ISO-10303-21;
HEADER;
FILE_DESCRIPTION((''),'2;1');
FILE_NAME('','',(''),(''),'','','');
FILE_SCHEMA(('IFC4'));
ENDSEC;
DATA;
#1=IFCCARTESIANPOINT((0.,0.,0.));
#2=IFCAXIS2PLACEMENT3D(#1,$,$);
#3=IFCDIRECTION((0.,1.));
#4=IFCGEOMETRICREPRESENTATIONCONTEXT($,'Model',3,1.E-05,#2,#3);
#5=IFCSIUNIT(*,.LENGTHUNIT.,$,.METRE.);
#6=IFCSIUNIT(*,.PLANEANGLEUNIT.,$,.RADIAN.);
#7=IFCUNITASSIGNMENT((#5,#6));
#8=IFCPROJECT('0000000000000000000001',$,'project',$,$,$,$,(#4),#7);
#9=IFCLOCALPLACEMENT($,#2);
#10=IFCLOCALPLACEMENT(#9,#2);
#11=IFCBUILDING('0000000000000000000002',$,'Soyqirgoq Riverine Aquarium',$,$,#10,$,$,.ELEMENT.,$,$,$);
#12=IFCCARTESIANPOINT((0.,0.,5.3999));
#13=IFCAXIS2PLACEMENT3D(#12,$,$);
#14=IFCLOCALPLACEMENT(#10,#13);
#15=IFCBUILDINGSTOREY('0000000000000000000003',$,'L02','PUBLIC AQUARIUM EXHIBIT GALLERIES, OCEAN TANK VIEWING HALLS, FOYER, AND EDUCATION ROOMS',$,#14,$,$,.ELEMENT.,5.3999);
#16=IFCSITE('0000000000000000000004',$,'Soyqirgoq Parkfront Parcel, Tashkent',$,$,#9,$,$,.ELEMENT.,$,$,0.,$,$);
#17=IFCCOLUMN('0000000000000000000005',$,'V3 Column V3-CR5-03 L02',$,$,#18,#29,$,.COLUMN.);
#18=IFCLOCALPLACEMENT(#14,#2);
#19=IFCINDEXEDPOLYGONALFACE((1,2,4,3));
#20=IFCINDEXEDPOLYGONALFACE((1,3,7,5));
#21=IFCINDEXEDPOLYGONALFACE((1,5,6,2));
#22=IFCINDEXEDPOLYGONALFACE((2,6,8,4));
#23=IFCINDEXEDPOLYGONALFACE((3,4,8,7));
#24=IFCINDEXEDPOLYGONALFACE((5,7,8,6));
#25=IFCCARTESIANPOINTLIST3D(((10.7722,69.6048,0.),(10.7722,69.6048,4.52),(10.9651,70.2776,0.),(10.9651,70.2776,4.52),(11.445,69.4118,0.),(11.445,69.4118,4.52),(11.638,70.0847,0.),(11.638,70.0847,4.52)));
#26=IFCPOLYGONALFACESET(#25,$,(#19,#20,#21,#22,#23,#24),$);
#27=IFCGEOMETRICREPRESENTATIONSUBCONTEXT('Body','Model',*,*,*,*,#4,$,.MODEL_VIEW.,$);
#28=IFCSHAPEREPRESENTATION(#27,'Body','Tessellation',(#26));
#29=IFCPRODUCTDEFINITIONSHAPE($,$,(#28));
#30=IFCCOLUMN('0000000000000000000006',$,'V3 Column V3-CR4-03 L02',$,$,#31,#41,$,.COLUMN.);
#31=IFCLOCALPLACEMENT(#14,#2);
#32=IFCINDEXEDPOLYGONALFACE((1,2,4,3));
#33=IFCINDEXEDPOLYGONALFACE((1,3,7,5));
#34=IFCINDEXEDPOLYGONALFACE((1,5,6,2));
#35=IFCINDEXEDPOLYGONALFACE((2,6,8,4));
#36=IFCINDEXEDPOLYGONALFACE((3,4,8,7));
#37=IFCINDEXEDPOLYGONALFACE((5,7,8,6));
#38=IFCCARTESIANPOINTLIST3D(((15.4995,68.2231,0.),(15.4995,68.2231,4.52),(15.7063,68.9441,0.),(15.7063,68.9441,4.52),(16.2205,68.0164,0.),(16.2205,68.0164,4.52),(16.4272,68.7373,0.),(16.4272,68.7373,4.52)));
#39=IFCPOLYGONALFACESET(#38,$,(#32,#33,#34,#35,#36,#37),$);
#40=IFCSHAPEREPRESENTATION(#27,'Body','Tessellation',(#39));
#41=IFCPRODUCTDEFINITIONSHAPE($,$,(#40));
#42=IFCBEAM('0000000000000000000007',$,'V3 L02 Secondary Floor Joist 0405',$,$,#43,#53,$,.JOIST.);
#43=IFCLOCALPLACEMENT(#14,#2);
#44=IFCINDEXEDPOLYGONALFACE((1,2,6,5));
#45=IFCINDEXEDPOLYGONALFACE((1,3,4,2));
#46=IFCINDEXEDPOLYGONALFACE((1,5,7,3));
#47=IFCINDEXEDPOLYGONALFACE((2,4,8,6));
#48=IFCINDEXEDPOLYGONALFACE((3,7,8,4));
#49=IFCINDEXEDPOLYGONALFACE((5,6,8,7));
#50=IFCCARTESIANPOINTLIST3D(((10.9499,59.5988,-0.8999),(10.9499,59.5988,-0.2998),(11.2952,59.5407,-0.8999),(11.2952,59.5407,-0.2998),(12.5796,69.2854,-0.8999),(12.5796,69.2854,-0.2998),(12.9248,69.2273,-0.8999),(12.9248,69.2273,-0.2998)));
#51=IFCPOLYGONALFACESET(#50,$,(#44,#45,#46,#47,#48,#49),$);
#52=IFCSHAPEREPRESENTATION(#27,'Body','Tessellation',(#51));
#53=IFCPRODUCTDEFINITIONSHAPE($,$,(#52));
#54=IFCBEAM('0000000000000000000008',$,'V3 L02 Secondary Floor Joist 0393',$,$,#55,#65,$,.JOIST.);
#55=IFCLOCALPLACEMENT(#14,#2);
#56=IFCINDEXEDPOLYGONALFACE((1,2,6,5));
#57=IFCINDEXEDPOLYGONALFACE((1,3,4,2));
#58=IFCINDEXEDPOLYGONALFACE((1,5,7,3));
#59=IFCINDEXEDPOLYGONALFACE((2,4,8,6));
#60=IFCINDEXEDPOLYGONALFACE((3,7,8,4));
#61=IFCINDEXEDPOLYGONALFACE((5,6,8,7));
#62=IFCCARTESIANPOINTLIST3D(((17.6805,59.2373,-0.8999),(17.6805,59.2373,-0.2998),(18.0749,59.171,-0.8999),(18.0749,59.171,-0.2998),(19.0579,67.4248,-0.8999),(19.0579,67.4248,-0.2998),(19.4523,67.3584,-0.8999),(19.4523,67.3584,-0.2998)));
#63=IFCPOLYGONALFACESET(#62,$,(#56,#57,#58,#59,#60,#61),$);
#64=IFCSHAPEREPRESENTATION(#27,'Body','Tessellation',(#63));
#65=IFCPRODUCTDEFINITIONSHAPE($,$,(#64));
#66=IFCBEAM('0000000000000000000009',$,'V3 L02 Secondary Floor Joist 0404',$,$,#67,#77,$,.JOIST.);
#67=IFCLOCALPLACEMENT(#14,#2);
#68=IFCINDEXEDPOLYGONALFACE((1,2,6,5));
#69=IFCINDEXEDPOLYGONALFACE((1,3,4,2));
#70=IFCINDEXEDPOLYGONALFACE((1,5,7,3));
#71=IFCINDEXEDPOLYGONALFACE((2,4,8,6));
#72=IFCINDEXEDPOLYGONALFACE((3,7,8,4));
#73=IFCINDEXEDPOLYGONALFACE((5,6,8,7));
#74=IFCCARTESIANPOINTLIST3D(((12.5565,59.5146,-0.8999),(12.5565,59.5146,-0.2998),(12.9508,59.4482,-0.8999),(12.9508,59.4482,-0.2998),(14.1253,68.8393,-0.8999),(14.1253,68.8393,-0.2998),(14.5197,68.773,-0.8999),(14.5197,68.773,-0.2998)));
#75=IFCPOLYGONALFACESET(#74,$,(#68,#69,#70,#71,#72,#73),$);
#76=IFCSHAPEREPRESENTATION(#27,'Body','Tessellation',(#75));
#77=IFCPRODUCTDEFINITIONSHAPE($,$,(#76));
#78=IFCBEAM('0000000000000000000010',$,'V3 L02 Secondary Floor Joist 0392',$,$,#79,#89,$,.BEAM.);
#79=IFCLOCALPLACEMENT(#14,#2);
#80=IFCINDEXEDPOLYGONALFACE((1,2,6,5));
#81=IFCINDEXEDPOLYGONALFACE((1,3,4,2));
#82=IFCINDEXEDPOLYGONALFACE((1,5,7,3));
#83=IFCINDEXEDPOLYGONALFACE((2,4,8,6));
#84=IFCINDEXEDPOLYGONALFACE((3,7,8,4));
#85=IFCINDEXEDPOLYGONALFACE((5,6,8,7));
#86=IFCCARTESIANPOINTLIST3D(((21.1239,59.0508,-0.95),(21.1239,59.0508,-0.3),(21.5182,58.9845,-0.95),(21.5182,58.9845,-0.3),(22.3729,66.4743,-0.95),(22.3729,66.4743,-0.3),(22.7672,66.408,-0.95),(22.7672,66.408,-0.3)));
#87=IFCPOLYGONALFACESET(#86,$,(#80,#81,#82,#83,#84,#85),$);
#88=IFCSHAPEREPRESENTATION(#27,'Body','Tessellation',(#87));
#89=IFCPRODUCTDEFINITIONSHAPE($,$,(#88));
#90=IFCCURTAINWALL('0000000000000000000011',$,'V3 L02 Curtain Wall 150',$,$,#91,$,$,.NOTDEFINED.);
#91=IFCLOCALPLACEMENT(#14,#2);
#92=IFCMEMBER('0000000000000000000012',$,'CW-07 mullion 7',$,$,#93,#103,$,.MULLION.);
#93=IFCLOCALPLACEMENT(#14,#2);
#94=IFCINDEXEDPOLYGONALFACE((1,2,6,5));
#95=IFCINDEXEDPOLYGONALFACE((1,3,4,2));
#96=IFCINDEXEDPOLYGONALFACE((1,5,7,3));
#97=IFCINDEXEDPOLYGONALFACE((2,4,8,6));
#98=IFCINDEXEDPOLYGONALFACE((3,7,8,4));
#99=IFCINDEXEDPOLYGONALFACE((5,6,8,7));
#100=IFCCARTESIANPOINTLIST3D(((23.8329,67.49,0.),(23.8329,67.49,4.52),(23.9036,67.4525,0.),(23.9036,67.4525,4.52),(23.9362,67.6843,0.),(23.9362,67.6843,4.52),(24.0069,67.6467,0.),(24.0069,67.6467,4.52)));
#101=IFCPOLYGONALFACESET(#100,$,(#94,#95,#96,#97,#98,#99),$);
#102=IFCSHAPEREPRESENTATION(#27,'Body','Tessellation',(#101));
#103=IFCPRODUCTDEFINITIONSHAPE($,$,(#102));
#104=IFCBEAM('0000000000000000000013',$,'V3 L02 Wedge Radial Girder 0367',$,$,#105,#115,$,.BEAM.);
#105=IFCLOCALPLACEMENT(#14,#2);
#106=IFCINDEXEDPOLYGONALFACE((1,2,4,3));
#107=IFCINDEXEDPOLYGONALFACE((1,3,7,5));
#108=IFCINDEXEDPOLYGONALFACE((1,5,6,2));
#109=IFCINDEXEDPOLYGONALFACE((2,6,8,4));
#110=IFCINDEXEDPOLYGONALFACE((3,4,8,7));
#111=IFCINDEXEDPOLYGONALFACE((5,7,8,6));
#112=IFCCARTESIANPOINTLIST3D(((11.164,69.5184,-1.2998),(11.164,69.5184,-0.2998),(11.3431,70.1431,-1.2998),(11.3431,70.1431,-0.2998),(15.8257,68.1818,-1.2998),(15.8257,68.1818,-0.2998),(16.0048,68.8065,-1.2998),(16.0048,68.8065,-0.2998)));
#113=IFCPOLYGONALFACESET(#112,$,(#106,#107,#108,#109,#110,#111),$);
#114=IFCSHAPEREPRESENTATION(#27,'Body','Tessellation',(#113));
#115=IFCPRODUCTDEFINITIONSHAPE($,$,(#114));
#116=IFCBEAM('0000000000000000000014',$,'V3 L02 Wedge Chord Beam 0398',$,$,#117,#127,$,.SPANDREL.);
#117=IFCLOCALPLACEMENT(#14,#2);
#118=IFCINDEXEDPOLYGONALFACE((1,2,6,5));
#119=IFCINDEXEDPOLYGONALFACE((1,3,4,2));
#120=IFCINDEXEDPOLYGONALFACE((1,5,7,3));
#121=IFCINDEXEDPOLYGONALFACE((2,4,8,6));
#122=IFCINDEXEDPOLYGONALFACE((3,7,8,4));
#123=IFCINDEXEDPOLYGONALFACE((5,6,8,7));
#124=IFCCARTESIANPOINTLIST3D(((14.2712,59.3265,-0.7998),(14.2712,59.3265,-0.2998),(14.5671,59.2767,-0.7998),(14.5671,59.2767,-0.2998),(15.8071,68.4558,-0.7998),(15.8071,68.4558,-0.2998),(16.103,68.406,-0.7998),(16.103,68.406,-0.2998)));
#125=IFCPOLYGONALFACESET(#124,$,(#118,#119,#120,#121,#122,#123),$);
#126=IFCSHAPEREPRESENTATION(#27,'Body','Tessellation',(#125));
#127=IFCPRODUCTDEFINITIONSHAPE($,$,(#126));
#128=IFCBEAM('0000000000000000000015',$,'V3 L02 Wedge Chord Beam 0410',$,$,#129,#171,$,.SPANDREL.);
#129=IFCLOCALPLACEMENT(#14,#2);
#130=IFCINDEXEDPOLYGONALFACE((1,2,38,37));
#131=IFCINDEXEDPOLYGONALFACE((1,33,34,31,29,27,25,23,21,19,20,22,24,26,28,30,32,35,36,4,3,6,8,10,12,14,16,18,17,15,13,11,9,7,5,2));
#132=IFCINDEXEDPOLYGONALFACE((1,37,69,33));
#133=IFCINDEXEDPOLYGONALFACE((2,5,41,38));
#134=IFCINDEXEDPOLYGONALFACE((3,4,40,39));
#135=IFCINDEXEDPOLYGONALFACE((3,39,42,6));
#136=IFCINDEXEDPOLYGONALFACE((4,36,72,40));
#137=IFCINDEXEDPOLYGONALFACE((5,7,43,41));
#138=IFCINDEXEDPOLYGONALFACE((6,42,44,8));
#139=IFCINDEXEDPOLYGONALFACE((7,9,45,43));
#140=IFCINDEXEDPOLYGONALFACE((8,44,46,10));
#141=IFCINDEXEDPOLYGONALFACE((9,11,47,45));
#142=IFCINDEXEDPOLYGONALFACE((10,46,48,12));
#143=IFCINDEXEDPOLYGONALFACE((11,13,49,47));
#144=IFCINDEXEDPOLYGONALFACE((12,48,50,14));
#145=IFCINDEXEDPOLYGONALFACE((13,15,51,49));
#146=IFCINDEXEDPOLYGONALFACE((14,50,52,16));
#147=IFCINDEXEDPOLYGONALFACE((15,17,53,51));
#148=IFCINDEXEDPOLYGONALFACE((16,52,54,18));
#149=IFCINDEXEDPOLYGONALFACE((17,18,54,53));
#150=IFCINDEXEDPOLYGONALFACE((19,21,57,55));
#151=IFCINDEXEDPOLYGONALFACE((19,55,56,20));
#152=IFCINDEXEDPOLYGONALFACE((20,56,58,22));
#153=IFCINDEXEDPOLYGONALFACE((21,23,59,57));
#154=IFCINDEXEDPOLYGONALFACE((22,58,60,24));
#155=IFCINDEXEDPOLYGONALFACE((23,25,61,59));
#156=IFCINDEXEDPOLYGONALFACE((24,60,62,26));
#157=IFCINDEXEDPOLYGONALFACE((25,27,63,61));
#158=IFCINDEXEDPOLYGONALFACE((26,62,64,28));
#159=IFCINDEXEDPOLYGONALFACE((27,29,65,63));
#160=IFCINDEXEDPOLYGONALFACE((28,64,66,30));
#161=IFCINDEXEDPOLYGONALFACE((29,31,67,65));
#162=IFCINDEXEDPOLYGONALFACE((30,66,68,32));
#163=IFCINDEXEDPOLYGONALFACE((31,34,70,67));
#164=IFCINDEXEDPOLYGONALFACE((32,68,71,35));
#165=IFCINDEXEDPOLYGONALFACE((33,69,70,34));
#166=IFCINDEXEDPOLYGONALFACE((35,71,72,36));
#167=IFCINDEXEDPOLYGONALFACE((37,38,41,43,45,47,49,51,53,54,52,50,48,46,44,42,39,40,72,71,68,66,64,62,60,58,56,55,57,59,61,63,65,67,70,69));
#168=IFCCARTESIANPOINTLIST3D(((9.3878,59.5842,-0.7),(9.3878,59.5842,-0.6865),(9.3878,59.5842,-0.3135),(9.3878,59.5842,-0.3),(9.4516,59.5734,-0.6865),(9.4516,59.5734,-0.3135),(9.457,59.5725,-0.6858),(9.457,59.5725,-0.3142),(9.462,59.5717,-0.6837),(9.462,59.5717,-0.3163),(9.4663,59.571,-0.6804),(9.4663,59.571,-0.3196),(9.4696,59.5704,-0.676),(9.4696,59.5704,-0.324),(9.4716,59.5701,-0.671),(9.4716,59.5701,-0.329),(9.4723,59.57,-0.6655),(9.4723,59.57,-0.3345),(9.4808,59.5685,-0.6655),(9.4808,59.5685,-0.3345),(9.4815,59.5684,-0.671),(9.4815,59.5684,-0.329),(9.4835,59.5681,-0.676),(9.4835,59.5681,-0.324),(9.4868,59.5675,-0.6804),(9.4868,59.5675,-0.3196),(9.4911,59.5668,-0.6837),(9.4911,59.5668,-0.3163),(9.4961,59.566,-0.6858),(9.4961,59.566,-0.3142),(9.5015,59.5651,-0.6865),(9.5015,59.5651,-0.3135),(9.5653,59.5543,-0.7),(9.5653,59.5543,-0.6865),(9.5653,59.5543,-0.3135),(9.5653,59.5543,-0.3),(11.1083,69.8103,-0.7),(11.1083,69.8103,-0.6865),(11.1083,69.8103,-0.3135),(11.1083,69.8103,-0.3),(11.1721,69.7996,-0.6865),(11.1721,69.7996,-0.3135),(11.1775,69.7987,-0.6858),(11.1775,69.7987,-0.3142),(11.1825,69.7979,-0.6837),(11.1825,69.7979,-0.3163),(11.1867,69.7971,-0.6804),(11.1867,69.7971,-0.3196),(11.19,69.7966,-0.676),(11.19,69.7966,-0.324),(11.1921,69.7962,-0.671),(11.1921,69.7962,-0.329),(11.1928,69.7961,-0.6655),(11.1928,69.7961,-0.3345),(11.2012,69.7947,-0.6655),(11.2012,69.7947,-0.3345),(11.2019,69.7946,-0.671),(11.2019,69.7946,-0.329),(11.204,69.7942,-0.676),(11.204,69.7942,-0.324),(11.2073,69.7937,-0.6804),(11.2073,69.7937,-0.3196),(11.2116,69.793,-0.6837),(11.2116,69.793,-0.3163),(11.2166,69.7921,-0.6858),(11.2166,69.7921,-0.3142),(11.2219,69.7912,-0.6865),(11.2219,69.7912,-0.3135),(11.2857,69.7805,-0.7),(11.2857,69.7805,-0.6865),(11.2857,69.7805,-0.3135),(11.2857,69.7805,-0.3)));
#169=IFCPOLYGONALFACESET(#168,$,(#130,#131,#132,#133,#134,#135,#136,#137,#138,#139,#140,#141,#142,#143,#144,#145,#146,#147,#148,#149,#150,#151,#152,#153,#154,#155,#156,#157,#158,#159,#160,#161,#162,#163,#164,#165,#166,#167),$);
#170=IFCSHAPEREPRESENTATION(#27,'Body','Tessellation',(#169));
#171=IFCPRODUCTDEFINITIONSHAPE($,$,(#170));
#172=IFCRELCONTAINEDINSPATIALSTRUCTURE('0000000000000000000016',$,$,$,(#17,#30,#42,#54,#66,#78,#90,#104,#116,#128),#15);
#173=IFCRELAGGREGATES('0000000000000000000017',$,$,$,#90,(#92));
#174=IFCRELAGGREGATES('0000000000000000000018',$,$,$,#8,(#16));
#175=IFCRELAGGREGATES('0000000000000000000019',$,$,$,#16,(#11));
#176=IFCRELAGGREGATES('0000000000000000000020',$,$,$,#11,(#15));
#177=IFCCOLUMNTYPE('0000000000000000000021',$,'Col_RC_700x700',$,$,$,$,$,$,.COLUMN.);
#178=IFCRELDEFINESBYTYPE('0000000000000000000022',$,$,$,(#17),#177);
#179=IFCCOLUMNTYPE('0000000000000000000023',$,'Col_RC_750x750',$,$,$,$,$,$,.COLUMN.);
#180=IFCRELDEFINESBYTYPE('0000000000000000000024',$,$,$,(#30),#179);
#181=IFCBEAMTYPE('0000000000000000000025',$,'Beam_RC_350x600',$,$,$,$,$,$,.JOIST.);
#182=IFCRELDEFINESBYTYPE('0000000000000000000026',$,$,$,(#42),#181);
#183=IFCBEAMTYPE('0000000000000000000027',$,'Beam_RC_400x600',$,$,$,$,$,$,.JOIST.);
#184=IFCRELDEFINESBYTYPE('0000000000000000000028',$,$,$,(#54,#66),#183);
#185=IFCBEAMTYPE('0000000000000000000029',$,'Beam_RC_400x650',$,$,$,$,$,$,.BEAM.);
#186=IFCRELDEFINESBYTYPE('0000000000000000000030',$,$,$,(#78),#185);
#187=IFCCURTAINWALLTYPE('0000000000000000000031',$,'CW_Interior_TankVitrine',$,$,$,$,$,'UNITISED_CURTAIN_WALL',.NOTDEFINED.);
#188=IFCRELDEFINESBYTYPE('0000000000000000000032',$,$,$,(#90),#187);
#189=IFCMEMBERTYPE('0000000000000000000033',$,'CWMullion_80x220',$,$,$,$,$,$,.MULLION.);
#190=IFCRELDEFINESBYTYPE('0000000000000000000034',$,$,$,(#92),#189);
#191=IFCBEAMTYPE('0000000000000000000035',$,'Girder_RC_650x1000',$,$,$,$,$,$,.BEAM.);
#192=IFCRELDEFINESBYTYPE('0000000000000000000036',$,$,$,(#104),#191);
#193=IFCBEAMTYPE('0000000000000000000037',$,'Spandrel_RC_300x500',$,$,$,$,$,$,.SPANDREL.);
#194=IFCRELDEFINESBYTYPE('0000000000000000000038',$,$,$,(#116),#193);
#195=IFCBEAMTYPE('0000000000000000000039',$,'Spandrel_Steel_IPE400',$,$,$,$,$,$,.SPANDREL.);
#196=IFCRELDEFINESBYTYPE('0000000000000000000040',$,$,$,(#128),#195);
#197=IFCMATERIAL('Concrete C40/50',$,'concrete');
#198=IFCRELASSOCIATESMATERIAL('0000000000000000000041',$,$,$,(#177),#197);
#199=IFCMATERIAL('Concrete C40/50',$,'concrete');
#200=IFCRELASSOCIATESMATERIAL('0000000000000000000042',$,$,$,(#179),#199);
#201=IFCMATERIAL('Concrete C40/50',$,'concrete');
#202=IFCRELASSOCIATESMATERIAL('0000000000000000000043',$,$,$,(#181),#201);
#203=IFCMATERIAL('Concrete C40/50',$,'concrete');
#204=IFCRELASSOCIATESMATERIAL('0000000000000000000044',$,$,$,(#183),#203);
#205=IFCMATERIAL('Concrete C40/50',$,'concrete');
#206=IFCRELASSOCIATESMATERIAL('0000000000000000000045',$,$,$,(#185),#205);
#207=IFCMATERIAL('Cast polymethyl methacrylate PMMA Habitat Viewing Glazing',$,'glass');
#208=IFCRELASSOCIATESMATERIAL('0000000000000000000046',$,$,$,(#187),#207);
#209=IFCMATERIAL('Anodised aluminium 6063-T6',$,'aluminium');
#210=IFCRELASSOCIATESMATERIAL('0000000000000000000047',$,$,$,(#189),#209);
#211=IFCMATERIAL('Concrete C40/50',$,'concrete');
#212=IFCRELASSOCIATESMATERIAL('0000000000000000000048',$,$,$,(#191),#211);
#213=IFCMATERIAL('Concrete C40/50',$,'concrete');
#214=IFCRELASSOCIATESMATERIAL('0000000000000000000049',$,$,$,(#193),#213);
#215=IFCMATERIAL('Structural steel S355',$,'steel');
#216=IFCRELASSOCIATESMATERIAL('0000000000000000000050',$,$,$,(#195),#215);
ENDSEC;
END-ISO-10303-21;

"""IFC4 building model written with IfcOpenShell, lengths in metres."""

from ifc_helpers import new_model, si_unit, direction, frame, origin, origin_2d, place, context, subcontext, project, spatial, rectangle, i_section, extrude, material, material_profile, profile_set, type_object, element, aggregate, save


model = new_model("IFC4")

# Units and contexts
model_context = context("Model", 3, precision=1e-05, world=origin(), true_north=direction((0.0, 1.0)))
body_context = subcontext(model_context, "Body", "Model", "MODEL_VIEW")
ifc_project = project(units=[si_unit("LENGTHUNIT", "METRE"), si_unit("PLANEANGLEUNIT", "RADIAN")], contexts=[model_context])

# Site, building, storey
site_placement = place(None, origin())
site = spatial("IfcSite", under=ifc_project, at=site_placement, Name="Soyqirgoq Parkfront Parcel, Tashkent", CompositionType="ELEMENT", RefElevation=0.0)
building_placement = place(site_placement, origin())
building = spatial("IfcBuilding", under=site, at=building_placement, Name="Soyqirgoq Riverine Aquarium", CompositionType="ELEMENT")
storey_placement = place(building_placement, frame((0.0, 0.0, 5.3999)))
storey = spatial("IfcBuildingStorey", under=building, at=storey_placement, Name="L02", Description="PUBLIC AQUARIUM EXHIBIT GALLERIES, OCEAN TANK VIEWING HALLS, FOYER, AND EDUCATION ROOMS", CompositionType="ELEMENT", Elevation=5.3999)

# Columns
ifc_material_1 = material(Name="Concrete C40/50", Category="concrete")
ifc_material_profile_1 = material_profile(ifc_material_1, rectangle(XDim=0.7, YDim=0.7, at=origin_2d()), Name="RC 700x700")
ifc_profile_set_1 = profile_set([ifc_material_profile_1], Name="Concrete C40/50")
column_type_1 = type_object("IfcColumnType", Name="Col_RC_700x700", PredefinedType="COLUMN", material=ifc_profile_set_1)
column_1_placement = place(storey_placement, frame((11.2051, 69.8447, 0.0), z_axis=(0.0, 0.0, 1.0), x_axis=(-0.961262, 0.275637, 0.0)))
element("IfcColumn", 1, at=column_1_placement, inside=storey, type_object=column_type_1, Name="V3 Column V3-CR5-03 L02", PredefinedType="COLUMN", context=body_context, shape_type="SweptSolid", body=[
    extrude(rectangle(XDim=0.7, YDim=0.7, at=origin_2d()), origin(), (0.0, 0.0, 1.0), 4.52),
])
ifc_material_2 = material(Name="Concrete C40/50", Category="concrete")
ifc_material_profile_2 = material_profile(ifc_material_2, rectangle(XDim=0.75, YDim=0.75, at=origin_2d()), Name="RC 750x750")
ifc_profile_set_2 = profile_set([ifc_material_profile_2], Name="Concrete C40/50")
column_type_2 = type_object("IfcColumnType", Name="Col_RC_750x750", PredefinedType="COLUMN", material=ifc_profile_set_2)
column_2_placement = place(storey_placement, frame((15.9634, 68.4802, 0.0), z_axis=(0.0, 0.0, 1.0), x_axis=(-0.961262, 0.275637, 0.0)))
element("IfcColumn", 2, at=column_2_placement, inside=storey, type_object=column_type_2, Name="V3 Column V3-CR4-03 L02", PredefinedType="COLUMN", context=body_context, shape_type="SweptSolid", body=[
    extrude(rectangle(XDim=0.75, YDim=0.75, at=origin_2d()), origin(), (0.0, 0.0, 1.0), 4.52),
])

# Beams
ifc_material_3 = material(Name="Concrete C40/50", Category="concrete")
ifc_material_profile_3 = material_profile(ifc_material_3, rectangle(XDim=0.3501, YDim=0.6001, at=origin_2d()), Name="RC 350x600")
ifc_profile_set_3 = profile_set([ifc_material_profile_3], Name="Concrete C40/50")
beam_type_1 = type_object("IfcBeamType", Name="Beam_RC_350x600", PredefinedType="JOIST", material=ifc_profile_set_3)
beam_1_placement = place(storey_placement, frame((12.7522, 69.2563, -0.5999), z_axis=(-0.165906, -0.986142, 0.0), x_axis=(0.986142, -0.165906, 0.0)))
element("IfcBeam", 3, at=beam_1_placement, inside=storey, type_object=beam_type_1, Name="V3 L02 Secondary Floor Joist 0405", PredefinedType="JOIST", context=body_context, shape_type="SweptSolid", body=[
    extrude(rectangle(XDim=0.3501, YDim=0.6001, at=origin_2d()), origin(), (0.0, 0.0, 1.0), 9.8228),
])
ifc_material_4 = material(Name="Concrete C40/50", Category="concrete")
ifc_material_profile_4 = material_profile(ifc_material_4, rectangle(XDim=0.3999, YDim=0.6001, at=origin_2d()), Name="RC 400x600")
ifc_profile_set_4 = profile_set([ifc_material_profile_4], Name="Concrete C40/50")
beam_type_2 = type_object("IfcBeamType", Name="Beam_RC_400x600", PredefinedType="JOIST", material=ifc_profile_set_4)
beam_2_placement = place(storey_placement, frame((19.2551, 67.3916, -0.5999), z_axis=(-0.165906, -0.986142, 0.0), x_axis=(0.986142, -0.165906, 0.0)))
element("IfcBeam", 4, at=beam_2_placement, inside=storey, type_object=beam_type_2, Name="V3 L02 Secondary Floor Joist 0393", PredefinedType="JOIST", context=body_context, shape_type="SweptSolid", body=[
    extrude(rectangle(XDim=0.3999, YDim=0.6001, at=origin_2d()), origin(), (0.0, 0.0, 1.0), 8.3025),
])
beam_3_placement = place(storey_placement, frame((14.3225, 68.8062, -0.5999), z_axis=(-0.165914, -0.98614, 0.0), x_axis=(0.98614, -0.165914, 0.0)))
element("IfcBeam", 5, at=beam_3_placement, inside=storey, type_object=beam_type_2, Name="V3 L02 Secondary Floor Joist 0404", PredefinedType="JOIST", context=body_context, shape_type="SweptSolid", body=[
    extrude(rectangle(XDim=0.3999, YDim=0.6001, at=origin_2d()), origin(), (0.0, 0.0, 1.0), 9.4558),
])
ifc_material_5 = material(Name="Concrete C40/50", Category="concrete")
ifc_material_profile_5 = material_profile(ifc_material_5, rectangle(XDim=0.3999, YDim=0.6499, at=origin_2d()), Name="RC 400x650")
ifc_profile_set_5 = profile_set([ifc_material_profile_5], Name="Concrete C40/50")
beam_type_3 = type_object("IfcBeamType", Name="Beam_RC_400x650", PredefinedType="BEAM", material=ifc_profile_set_5)
beam_4_placement = place(storey_placement, frame((22.5701, 66.4412, -0.625), z_axis=(-0.165919, -0.986139, 0.0), x_axis=(0.986139, -0.165919, 0.0)))
element("IfcBeam", 6, at=beam_4_placement, inside=storey, type_object=beam_type_3, Name="V3 L02 Secondary Floor Joist 0392", PredefinedType="BEAM", context=body_context, shape_type="SweptSolid", body=[
    extrude(rectangle(XDim=0.3999, YDim=0.6499, at=origin_2d()), origin(), (0.0, 0.0, 1.0), 7.5278),
])

# Curtain wall, member
ifc_material_6 = material(Name="Cast polymethyl methacrylate PMMA Habitat Viewing Glazing", Category="glass")
curtain_wall_type = type_object("IfcCurtainWallType", Name="CW_Interior_TankVitrine", ElementType="UNITISED_CURTAIN_WALL", PredefinedType="NOTDEFINED", material=ifc_material_6)
curtain_wall_placement = place(storey_placement, origin())
curtain_wall = element("IfcCurtainWall", 7, at=curtain_wall_placement, inside=storey, type_object=curtain_wall_type, Name="V3 L02 Curtain Wall 150", PredefinedType="NOTDEFINED")
ifc_material_7 = material(Name="Anodised aluminium 6063-T6", Category="aluminium")
ifc_material_profile_6 = material_profile(ifc_material_7, rectangle(XDim=0.0801, YDim=0.22, at=origin_2d()), Name="ALU-M 80x220")
ifc_profile_set_6 = profile_set([ifc_material_profile_6], Name="Anodised aluminium 6063-T6")
member_type = type_object("IfcMemberType", Name="CWMullion_80x220", PredefinedType="MULLION", material=ifc_profile_set_6)
member_placement = place(storey_placement, frame((23.9199, 67.5684, 0.0), z_axis=(0.0, 0.0, 1.0), x_axis=(0.882946, -0.469475, 0.0)))
member = element("IfcMember", 8, at=member_placement, type_object=member_type, Name="CW-07 mullion 7", PredefinedType="MULLION", context=body_context, shape_type="SweptSolid", body=[
    extrude(rectangle(XDim=0.0801, YDim=0.22, at=origin_2d()), origin(), (0.0, 0.0, 1.0), 4.52),
])

# Beams
ifc_material_8 = material(Name="Concrete C40/50", Category="concrete")
ifc_material_profile_7 = material_profile(ifc_material_8, rectangle(XDim=0.6499, YDim=1.0, at=origin_2d()), Name="RC 650x1000")
ifc_profile_set_7 = profile_set([ifc_material_profile_7], Name="Concrete C40/50")
beam_type_4 = type_object("IfcBeamType", Name="Girder_RC_650x1000", PredefinedType="BEAM", material=ifc_profile_set_7)
beam_5_placement = place(storey_placement, frame((15.9153, 68.4941, -0.7998), z_axis=(-0.961267, 0.275619, 0.0), x_axis=(-0.275619, -0.961267, 0.0)))
element("IfcBeam", 9, at=beam_5_placement, inside=storey, type_object=beam_type_4, Name="V3 L02 Wedge Radial Girder 0367", PredefinedType="BEAM", context=body_context, shape_type="SweptSolid", body=[
    extrude(rectangle(XDim=0.6499, YDim=1.0, at=origin_2d()), origin(), (0.0, 0.0, 1.0), 4.8496),
])
ifc_material_9 = material(Name="Concrete C40/50", Category="concrete")
ifc_material_profile_8 = material_profile(ifc_material_9, rectangle(XDim=0.3, YDim=0.5, at=origin_2d()), Name="RC 300x500")
ifc_profile_set_8 = profile_set([ifc_material_profile_8], Name="Concrete C40/50")
beam_type_5 = type_object("IfcBeamType", Name="Spandrel_RC_300x500", PredefinedType="SPANDREL", material=ifc_profile_set_8)
beam_6_placement = place(storey_placement, frame((15.9551, 68.4309, -0.5498), z_axis=(-0.165908, -0.986141, 0.0), x_axis=(0.986141, -0.165908, 0.0)))
element("IfcBeam", 10, at=beam_6_placement, inside=storey, type_object=beam_type_5, Name="V3 L02 Wedge Chord Beam 0398", PredefinedType="SPANDREL", context=body_context, shape_type="SweptSolid", body=[
    extrude(rectangle(XDim=0.3, YDim=0.5, at=origin_2d()), origin(), (0.0, 0.0, 1.0), 9.2576),
])
ifc_material_10 = material(Name="Structural steel S355", Category="steel")
ifc_material_profile_9 = material_profile(ifc_material_10, i_section(OverallWidth=0.1799, OverallDepth=0.3999, WebThickness=0.0085, FlangeThickness=0.0134, FilletRadius=0.021, at=origin_2d()), Name="IPE 400")
ifc_profile_set_9 = profile_set([ifc_material_profile_9], Name="Structural steel S355")
beam_type_6 = type_object("IfcBeamType", Name="Spandrel_Steel_IPE400", PredefinedType="SPANDREL", material=ifc_profile_set_9)
beam_7_placement = place(storey_placement, frame((11.197, 69.7954, -0.5), z_axis=(-0.165911, -0.986141, 0.0), x_axis=(0.986141, -0.165911, 0.0)))
element("IfcBeam", 11, at=beam_7_placement, inside=storey, type_object=beam_type_6, Name="V3 L02 Wedge Chord Beam 0410", PredefinedType="SPANDREL", context=body_context, shape_type="SweptSolid", body=[
    extrude(i_section(OverallWidth=0.1799, OverallDepth=0.3999, WebThickness=0.0085, FlangeThickness=0.0134, FilletRadius=0.021, at=origin_2d()), origin(), (0.0, 0.0, 1.0), 10.3699),
])

aggregate(curtain_wall, [member])

save(model, "model.ifc")
